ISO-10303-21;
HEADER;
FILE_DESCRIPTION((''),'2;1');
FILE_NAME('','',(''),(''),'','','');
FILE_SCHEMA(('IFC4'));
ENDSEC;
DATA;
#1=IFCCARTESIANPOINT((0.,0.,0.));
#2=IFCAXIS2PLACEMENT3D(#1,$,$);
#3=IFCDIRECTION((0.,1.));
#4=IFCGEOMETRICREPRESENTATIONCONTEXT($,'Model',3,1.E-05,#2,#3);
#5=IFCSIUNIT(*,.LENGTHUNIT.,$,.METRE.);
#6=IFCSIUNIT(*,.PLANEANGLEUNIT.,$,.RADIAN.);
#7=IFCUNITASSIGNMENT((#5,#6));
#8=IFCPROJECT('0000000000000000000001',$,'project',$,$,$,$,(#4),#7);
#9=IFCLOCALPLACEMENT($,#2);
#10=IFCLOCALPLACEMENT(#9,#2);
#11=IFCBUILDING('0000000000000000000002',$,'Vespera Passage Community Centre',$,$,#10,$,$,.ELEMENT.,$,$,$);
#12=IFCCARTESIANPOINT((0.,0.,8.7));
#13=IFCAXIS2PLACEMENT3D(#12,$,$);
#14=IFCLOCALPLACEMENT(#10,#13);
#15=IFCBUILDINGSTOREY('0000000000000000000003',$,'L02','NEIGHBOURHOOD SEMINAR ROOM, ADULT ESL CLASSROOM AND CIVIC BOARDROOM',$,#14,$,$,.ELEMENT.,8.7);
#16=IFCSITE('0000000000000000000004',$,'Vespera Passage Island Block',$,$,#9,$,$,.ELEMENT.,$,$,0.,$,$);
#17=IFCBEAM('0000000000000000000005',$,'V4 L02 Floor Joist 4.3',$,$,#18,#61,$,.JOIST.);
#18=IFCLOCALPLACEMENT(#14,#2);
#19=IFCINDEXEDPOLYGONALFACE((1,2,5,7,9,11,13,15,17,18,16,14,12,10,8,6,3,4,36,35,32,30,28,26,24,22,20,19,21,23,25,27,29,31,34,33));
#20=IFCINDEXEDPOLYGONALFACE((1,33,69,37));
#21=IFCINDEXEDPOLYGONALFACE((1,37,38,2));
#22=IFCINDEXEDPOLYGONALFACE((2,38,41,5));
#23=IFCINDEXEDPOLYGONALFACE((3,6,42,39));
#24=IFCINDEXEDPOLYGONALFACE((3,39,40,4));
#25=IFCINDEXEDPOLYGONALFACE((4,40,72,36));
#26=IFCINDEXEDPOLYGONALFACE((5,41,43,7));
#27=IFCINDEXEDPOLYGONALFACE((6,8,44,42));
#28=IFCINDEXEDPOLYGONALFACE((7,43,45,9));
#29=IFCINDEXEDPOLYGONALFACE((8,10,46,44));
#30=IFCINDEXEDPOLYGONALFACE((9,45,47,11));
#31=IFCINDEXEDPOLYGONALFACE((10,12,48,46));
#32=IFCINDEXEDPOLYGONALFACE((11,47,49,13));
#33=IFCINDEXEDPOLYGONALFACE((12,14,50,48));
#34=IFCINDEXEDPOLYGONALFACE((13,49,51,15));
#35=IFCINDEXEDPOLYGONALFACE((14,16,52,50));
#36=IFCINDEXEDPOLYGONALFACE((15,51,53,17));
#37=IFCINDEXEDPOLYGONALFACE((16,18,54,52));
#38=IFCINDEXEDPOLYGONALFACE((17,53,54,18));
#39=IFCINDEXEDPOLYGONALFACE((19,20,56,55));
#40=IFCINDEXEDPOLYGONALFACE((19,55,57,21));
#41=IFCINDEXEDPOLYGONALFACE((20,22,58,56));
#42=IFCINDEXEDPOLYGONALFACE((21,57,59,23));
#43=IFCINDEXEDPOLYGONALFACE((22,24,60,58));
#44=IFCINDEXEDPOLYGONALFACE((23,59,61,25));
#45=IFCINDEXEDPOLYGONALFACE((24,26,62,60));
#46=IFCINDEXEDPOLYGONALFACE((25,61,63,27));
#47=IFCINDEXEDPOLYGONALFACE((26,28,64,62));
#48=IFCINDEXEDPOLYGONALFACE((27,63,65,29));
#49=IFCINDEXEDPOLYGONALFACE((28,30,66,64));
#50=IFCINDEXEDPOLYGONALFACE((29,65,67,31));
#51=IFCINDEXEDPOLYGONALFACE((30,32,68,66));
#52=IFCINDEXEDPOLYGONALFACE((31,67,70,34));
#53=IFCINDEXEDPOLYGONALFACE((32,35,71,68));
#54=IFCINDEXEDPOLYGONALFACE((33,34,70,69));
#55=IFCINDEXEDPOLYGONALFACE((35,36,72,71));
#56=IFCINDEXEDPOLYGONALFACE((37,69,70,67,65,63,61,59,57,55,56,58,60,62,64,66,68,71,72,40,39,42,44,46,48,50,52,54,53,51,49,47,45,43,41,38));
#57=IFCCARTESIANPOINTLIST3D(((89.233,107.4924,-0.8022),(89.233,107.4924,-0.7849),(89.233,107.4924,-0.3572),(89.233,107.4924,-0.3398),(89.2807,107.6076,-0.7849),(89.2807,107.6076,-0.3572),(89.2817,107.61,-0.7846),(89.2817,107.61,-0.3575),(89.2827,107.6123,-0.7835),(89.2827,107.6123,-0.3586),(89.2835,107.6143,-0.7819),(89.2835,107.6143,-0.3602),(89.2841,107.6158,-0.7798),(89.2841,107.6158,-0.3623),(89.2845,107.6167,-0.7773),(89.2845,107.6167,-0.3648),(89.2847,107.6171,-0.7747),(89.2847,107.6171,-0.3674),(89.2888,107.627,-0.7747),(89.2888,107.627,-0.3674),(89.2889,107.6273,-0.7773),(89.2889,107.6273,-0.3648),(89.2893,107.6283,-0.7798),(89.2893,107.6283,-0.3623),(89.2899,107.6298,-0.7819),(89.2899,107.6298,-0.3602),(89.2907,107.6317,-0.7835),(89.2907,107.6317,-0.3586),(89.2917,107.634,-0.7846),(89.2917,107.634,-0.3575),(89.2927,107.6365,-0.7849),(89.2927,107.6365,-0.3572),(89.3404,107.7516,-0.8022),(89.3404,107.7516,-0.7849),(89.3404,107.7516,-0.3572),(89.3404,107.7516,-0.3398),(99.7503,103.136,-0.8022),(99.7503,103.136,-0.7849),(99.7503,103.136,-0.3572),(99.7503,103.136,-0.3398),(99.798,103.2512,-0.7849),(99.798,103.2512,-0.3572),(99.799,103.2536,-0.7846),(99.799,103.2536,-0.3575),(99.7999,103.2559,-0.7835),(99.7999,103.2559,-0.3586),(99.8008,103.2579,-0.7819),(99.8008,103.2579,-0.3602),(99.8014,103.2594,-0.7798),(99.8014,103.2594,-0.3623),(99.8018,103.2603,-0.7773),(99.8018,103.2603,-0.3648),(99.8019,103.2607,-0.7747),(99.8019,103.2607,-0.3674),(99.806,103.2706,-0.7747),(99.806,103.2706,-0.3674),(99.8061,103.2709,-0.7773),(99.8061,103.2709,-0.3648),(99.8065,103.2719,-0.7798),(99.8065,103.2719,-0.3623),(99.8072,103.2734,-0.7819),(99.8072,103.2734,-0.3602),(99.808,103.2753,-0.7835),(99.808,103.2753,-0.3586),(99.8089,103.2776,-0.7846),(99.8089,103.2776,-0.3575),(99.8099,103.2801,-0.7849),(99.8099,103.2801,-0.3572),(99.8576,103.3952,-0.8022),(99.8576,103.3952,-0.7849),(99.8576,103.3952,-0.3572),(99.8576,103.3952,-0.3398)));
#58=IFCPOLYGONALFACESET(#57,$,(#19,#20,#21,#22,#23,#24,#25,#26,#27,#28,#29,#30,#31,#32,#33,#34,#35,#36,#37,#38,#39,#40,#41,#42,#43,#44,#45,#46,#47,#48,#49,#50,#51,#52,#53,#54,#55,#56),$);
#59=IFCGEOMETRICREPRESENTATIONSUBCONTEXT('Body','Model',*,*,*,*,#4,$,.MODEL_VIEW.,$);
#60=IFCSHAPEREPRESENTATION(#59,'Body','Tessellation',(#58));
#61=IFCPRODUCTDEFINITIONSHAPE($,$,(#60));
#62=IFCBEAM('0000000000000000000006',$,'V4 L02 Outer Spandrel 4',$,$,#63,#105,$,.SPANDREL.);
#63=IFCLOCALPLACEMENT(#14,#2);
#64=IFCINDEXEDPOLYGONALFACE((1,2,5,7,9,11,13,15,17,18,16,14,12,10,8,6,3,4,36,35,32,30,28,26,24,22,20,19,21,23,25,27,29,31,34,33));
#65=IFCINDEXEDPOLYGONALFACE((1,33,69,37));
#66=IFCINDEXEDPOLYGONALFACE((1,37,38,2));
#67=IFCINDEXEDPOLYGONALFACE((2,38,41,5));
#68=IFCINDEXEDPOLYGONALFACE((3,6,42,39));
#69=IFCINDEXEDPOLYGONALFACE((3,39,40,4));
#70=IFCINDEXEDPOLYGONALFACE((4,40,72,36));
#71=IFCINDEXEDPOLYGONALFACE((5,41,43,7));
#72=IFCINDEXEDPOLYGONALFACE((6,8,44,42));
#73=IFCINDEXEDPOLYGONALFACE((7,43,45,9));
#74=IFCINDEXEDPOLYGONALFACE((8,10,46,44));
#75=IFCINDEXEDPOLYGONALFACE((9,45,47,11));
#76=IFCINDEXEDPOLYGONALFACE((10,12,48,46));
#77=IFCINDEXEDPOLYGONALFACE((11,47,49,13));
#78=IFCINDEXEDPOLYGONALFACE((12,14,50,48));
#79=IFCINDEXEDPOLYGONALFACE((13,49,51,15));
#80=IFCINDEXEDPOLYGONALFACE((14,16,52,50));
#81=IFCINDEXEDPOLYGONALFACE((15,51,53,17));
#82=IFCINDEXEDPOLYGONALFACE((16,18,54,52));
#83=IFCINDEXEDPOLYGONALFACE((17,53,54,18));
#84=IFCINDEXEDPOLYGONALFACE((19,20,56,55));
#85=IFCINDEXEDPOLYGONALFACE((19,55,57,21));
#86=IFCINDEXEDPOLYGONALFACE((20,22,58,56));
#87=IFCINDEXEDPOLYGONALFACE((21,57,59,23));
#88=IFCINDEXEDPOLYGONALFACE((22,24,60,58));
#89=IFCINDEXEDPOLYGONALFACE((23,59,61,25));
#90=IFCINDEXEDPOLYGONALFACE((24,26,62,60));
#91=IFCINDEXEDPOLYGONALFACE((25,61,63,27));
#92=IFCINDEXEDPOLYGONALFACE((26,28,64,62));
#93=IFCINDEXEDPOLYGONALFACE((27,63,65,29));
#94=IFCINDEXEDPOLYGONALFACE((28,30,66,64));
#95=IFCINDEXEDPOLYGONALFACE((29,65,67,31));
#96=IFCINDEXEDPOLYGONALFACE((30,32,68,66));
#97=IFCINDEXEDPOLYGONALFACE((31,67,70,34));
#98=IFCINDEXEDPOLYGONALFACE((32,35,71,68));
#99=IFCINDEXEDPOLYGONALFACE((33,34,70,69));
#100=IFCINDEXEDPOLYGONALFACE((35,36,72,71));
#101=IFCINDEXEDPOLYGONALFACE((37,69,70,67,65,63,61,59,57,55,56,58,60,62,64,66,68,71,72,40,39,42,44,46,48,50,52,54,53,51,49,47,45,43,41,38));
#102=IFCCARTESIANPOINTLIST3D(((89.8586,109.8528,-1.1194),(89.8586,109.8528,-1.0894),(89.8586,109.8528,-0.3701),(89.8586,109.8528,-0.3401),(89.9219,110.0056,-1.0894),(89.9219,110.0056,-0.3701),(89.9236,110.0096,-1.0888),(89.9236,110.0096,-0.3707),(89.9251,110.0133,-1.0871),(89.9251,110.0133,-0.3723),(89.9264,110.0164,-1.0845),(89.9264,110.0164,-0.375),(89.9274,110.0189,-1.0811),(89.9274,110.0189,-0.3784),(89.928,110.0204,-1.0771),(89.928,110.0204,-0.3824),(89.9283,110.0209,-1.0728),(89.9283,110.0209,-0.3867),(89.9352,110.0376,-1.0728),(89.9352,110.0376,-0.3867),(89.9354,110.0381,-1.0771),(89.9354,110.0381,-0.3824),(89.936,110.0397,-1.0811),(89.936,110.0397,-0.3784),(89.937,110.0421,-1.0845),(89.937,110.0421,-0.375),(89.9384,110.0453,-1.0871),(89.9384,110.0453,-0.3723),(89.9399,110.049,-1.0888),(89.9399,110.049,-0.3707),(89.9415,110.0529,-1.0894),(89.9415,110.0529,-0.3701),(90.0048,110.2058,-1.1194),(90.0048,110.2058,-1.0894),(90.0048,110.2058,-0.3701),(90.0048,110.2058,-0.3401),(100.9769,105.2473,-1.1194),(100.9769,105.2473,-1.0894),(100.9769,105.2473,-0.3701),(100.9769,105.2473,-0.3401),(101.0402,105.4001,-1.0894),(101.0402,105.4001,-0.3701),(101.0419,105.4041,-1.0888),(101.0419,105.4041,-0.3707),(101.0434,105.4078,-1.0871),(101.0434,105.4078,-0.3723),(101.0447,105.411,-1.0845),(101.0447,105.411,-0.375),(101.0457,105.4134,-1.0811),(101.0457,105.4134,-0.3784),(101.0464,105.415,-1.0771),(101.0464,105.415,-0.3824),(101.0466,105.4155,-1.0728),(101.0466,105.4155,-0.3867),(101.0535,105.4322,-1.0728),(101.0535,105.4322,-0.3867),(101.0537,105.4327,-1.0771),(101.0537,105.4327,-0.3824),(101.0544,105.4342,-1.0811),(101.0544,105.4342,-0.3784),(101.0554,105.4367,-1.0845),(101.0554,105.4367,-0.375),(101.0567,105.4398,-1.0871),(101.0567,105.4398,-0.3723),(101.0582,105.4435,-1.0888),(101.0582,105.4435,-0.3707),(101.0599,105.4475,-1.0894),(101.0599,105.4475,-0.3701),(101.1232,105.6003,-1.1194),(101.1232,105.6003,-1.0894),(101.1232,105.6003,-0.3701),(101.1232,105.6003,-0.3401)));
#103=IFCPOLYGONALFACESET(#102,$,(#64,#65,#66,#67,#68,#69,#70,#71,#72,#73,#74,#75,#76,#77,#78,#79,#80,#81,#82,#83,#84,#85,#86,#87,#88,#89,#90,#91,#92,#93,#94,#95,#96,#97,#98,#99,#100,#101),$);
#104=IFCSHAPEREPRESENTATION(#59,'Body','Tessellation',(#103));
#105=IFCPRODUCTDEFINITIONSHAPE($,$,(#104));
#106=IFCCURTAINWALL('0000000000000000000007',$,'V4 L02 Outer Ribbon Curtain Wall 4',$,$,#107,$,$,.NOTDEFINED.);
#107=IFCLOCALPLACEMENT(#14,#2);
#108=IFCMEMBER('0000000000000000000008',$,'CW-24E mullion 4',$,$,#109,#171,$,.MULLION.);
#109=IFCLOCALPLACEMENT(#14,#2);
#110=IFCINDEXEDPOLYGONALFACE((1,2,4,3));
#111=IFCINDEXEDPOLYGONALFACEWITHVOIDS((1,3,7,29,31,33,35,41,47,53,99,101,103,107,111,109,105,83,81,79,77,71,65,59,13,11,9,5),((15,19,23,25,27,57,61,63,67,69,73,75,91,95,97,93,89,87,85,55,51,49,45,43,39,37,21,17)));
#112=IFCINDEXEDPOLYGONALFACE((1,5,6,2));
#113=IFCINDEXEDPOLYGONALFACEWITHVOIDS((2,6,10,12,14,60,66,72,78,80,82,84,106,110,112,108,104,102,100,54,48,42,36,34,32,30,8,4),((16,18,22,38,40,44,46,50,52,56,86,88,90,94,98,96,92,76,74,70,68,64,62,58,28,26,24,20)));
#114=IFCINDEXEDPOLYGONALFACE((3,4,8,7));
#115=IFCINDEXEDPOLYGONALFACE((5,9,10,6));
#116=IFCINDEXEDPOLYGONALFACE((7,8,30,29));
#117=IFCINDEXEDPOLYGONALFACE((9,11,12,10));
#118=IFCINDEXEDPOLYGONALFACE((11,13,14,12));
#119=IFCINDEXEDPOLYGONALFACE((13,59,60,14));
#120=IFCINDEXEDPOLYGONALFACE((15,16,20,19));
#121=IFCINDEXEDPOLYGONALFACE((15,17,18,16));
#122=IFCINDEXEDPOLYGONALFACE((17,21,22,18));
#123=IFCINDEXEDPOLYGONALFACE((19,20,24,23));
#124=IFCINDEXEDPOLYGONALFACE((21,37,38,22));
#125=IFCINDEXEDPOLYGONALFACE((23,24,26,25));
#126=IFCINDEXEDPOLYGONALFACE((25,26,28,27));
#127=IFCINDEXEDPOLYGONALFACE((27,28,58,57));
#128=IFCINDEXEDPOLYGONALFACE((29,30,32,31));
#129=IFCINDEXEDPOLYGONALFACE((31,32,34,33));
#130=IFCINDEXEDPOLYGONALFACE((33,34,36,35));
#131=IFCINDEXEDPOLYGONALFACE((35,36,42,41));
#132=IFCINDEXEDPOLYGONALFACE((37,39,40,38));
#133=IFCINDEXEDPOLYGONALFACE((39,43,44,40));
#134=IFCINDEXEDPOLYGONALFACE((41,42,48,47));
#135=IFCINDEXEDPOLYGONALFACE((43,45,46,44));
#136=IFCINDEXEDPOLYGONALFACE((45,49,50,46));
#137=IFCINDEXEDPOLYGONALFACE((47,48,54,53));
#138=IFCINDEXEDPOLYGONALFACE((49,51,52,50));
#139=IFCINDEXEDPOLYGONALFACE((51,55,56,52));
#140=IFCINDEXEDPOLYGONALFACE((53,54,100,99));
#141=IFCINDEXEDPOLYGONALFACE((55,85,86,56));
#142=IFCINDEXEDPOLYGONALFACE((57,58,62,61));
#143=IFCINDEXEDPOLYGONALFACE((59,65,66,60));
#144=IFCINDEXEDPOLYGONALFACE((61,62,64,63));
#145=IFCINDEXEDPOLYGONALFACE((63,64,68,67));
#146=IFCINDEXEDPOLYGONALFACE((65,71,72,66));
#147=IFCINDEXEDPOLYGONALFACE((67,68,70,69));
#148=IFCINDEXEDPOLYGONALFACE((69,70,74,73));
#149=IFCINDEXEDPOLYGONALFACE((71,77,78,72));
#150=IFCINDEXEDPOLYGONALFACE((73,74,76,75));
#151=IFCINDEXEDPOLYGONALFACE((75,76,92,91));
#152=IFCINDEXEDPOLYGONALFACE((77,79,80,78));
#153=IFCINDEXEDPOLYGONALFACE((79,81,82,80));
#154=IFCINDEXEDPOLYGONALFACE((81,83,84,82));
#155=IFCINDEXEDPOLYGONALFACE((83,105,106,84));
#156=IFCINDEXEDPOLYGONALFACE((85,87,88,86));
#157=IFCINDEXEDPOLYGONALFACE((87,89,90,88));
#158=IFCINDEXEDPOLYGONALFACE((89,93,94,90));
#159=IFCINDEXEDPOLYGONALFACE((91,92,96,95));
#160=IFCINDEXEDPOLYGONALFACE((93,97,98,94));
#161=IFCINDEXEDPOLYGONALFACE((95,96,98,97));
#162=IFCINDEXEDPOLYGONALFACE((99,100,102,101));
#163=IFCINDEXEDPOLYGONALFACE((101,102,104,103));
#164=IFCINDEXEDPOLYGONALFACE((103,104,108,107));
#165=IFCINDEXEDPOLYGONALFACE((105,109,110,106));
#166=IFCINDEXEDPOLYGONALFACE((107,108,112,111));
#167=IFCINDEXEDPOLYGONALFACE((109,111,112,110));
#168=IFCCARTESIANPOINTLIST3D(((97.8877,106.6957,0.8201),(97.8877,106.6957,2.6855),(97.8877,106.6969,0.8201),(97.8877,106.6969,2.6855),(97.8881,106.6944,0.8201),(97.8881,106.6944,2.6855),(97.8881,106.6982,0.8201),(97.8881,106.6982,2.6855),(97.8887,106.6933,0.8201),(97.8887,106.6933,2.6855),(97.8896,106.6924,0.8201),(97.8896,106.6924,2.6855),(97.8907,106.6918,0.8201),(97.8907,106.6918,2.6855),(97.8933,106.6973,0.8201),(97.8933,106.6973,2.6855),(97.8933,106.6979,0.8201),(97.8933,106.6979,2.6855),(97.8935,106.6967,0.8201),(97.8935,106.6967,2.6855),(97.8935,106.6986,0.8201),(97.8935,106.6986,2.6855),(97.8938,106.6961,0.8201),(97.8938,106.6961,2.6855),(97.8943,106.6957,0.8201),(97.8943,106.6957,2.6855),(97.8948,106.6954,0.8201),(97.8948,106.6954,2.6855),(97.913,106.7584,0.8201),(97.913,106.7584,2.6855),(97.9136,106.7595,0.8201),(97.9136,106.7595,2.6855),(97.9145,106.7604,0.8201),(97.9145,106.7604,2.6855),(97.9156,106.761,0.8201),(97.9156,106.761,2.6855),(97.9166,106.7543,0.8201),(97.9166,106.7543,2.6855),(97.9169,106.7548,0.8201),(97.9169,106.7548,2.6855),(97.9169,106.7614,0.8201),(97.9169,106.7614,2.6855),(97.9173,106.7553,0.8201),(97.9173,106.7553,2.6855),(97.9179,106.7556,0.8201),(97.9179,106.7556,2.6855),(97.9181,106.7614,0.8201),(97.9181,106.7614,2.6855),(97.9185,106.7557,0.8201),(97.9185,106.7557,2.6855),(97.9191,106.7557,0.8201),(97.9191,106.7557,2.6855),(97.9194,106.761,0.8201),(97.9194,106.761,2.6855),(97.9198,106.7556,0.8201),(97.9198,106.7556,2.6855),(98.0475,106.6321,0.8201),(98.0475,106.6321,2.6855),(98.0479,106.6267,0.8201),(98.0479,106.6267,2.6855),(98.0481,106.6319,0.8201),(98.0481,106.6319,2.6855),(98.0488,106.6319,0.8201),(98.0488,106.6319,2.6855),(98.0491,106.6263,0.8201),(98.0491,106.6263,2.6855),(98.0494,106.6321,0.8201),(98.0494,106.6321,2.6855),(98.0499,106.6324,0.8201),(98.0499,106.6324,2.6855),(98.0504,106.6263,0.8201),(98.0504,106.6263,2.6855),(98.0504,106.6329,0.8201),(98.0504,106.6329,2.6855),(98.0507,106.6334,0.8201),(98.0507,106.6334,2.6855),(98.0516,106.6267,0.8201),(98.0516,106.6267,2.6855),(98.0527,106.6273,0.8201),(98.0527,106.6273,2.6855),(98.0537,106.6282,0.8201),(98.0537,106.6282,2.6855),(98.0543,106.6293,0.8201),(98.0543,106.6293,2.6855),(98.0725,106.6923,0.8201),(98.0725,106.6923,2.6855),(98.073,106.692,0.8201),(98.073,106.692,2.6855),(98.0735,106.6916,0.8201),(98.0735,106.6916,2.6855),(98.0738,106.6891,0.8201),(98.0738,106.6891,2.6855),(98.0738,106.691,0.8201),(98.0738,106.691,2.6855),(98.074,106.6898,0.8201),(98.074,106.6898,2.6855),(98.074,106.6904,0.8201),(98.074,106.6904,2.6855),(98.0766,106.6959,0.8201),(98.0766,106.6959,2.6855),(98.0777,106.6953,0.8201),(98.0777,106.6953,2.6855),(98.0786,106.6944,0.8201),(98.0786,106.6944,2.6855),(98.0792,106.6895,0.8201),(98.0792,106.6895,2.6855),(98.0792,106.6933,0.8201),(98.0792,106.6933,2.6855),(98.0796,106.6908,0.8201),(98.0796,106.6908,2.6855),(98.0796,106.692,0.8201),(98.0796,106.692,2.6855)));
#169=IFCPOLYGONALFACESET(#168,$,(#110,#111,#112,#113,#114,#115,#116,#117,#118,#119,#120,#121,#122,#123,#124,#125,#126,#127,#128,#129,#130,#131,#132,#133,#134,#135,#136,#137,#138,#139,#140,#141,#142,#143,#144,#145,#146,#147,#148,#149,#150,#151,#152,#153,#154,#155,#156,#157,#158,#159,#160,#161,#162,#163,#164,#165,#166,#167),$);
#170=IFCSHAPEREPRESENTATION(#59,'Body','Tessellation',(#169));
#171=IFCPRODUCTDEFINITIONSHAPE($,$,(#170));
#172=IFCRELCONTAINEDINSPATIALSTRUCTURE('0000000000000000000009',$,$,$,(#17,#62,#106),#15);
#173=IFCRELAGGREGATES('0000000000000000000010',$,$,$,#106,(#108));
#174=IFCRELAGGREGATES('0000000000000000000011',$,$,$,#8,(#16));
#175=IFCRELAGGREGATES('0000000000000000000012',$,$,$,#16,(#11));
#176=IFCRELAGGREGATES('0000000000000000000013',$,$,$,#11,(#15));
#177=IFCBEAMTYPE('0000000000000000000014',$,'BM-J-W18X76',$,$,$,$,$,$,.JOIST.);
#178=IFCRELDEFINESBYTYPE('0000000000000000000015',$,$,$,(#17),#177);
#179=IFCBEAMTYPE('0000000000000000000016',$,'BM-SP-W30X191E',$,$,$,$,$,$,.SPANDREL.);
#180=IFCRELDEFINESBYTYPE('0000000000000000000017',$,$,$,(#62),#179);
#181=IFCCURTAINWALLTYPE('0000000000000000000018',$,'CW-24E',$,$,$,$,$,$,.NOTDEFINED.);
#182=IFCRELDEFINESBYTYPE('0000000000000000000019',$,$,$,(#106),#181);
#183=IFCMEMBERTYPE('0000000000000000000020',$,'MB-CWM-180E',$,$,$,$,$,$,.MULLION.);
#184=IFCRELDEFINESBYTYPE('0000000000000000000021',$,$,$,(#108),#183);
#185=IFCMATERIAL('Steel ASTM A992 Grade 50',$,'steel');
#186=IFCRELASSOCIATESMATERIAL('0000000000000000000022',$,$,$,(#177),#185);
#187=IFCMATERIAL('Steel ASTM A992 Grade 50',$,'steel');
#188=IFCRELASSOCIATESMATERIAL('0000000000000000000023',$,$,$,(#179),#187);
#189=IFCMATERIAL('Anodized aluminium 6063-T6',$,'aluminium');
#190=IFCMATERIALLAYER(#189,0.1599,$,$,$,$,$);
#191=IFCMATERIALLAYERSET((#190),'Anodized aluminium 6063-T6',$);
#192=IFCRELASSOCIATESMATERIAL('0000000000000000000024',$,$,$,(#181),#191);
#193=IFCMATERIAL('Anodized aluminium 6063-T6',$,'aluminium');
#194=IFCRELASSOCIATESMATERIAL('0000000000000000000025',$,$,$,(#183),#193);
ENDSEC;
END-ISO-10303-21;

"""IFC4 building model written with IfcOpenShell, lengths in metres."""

from ifc_helpers import new_model, si_unit, direction, frame, origin, origin_2d, place, context, subcontext, project, spatial, hollow_rectangle, i_section, extrude, material, layer, layer_set, material_profile, profile_set, type_object, element, aggregate, save


model = new_model("IFC4")

# Units and contexts
model_context = context("Model", 3, precision=1e-05, world=origin(), true_north=direction((0.0, 1.0)))
body_context = subcontext(model_context, "Body", "Model", "MODEL_VIEW")
ifc_project = project(units=[si_unit("LENGTHUNIT", "METRE"), si_unit("PLANEANGLEUNIT", "RADIAN")], contexts=[model_context])

# Site, building, storey
site_placement = place(None, origin())
site = spatial("IfcSite", under=ifc_project, at=site_placement, Name="Vespera Passage Island Block", CompositionType="ELEMENT", RefElevation=0.0)
building_placement = place(site_placement, origin())
building = spatial("IfcBuilding", under=site, at=building_placement, Name="Vespera Passage Community Centre", CompositionType="ELEMENT")
storey_placement = place(building_placement, frame((0.0, 0.0, 8.7)))
storey = spatial("IfcBuildingStorey", under=building, at=storey_placement, Name="L02", Description="NEIGHBOURHOOD SEMINAR ROOM, ADULT ESL CLASSROOM AND CIVIC BOARDROOM", CompositionType="ELEMENT", Elevation=8.7)

# Beams
ifc_material_1 = material(Name="Steel ASTM A992 Grade 50", Category="steel")
ifc_material_profile_1 = material_profile(ifc_material_1, i_section(OverallWidth=0.2805, OverallDepth=0.4624, WebThickness=0.0107, FlangeThickness=0.0173, FilletRadius=0.0103, at=origin_2d()), Name="W18X76")
ifc_profile_set_1 = profile_set([ifc_material_profile_1], Name="Steel ASTM A992 Grade 50")
beam_type_1 = type_object("IfcBeamType", Name="BM-J-W18X76", PredefinedType="JOIST", material=ifc_profile_set_1)
beam_1_placement = place(storey_placement, frame((99.804, 103.2656, -0.571), z_axis=(-0.923879, 0.382685, 0.0), x_axis=(-0.382685, -0.923879, 0.0)))
element("IfcBeam", 1, at=beam_1_placement, inside=storey, type_object=beam_type_1, Name="V4 L02 Floor Joist 4.3", PredefinedType="JOIST", context=body_context, shape_type="SweptSolid", body=[
    extrude(i_section(OverallWidth=0.2805, OverallDepth=0.4624, WebThickness=0.0107, FlangeThickness=0.0173, FilletRadius=0.0103, at=origin_2d()), origin(), (0.0, 0.0, 1.0), 11.3838),
])
ifc_material_2 = material(Name="Steel ASTM A992 Grade 50", Category="steel")
ifc_material_profile_2 = material_profile(ifc_material_2, i_section(OverallWidth=0.3821, OverallDepth=0.7793, WebThickness=0.0181, FlangeThickness=0.03, FilletRadius=0.0166, at=origin_2d()), Name="W30X191")
ifc_profile_set_2 = profile_set([ifc_material_profile_2], Name="Steel ASTM A992 Grade 50")
beam_type_2 = type_object("IfcBeamType", Name="BM-SP-W30X191E", PredefinedType="SPANDREL", material=ifc_profile_set_2)
beam_2_placement = place(storey_placement, frame((101.05, 105.4238, -0.7297), z_axis=(-0.923877, 0.382689, 0.0), x_axis=(-0.382689, -0.923877, 0.0)))
element("IfcBeam", 2, at=beam_2_placement, inside=storey, type_object=beam_type_2, Name="V4 L02 Outer Spandrel 4", PredefinedType="SPANDREL", context=body_context, shape_type="SweptSolid", body=[
    extrude(i_section(OverallWidth=0.3821, OverallDepth=0.7793, WebThickness=0.0181, FlangeThickness=0.03, FilletRadius=0.0166, at=origin_2d()), origin(), (0.0, 0.0, 1.0), 12.0344),
])

# Curtain wall, member
ifc_material_3 = material(Name="Anodized aluminium 6063-T6", Category="aluminium")
ifc_layer_1 = layer(ifc_material_3, 0.1599)
ifc_layer_set_1 = layer_set([ifc_layer_1], Name="Anodized aluminium 6063-T6")
curtain_wall_type = type_object("IfcCurtainWallType", Name="CW-24E", PredefinedType="NOTDEFINED", material=ifc_layer_set_1)
curtain_wall_placement = place(storey_placement, origin())
curtain_wall = element("IfcCurtainWall", 3, at=curtain_wall_placement, inside=storey, type_object=curtain_wall_type, Name="V4 L02 Outer Ribbon Curtain Wall 4", PredefinedType="NOTDEFINED")
ifc_material_4 = material(Name="Anodized aluminium 6063-T6", Category="aluminium")
ifc_material_profile_3 = material_profile(ifc_material_4, hollow_rectangle(XDim=0.075, YDim=0.1799, WallThickness=0.0049, InnerFilletRadius=0.0024, OuterFilletRadius=0.0049, at=origin_2d()), Name="ALU180X75X5")
ifc_profile_set_3 = profile_set([ifc_material_profile_3], Name="Anodized aluminium 6063-T6")
member_type_1 = type_object("IfcMemberType", Name="MB-CWM-180E", PredefinedType="MULLION", material=ifc_profile_set_3)
member_1_placement = place(storey_placement, frame((97.9836, 106.6938, 0.8201), z_axis=(0.0, 0.0, 1.0), x_axis=(0.382683, 0.92388, 0.0)))
member_1 = element("IfcMember", 4, at=member_1_placement, type_object=member_type_1, Name="CW-24E mullion 4", PredefinedType="MULLION", context=body_context, shape_type="SweptSolid", body=[
    extrude(hollow_rectangle(XDim=0.075, YDim=0.1799, WallThickness=0.0049, InnerFilletRadius=0.0024, OuterFilletRadius=0.0049, at=origin_2d()), origin(), (0.0, 0.0, 1.0), 1.8655),
])

aggregate(curtain_wall, [member_1])

save(model, "model.ifc")
